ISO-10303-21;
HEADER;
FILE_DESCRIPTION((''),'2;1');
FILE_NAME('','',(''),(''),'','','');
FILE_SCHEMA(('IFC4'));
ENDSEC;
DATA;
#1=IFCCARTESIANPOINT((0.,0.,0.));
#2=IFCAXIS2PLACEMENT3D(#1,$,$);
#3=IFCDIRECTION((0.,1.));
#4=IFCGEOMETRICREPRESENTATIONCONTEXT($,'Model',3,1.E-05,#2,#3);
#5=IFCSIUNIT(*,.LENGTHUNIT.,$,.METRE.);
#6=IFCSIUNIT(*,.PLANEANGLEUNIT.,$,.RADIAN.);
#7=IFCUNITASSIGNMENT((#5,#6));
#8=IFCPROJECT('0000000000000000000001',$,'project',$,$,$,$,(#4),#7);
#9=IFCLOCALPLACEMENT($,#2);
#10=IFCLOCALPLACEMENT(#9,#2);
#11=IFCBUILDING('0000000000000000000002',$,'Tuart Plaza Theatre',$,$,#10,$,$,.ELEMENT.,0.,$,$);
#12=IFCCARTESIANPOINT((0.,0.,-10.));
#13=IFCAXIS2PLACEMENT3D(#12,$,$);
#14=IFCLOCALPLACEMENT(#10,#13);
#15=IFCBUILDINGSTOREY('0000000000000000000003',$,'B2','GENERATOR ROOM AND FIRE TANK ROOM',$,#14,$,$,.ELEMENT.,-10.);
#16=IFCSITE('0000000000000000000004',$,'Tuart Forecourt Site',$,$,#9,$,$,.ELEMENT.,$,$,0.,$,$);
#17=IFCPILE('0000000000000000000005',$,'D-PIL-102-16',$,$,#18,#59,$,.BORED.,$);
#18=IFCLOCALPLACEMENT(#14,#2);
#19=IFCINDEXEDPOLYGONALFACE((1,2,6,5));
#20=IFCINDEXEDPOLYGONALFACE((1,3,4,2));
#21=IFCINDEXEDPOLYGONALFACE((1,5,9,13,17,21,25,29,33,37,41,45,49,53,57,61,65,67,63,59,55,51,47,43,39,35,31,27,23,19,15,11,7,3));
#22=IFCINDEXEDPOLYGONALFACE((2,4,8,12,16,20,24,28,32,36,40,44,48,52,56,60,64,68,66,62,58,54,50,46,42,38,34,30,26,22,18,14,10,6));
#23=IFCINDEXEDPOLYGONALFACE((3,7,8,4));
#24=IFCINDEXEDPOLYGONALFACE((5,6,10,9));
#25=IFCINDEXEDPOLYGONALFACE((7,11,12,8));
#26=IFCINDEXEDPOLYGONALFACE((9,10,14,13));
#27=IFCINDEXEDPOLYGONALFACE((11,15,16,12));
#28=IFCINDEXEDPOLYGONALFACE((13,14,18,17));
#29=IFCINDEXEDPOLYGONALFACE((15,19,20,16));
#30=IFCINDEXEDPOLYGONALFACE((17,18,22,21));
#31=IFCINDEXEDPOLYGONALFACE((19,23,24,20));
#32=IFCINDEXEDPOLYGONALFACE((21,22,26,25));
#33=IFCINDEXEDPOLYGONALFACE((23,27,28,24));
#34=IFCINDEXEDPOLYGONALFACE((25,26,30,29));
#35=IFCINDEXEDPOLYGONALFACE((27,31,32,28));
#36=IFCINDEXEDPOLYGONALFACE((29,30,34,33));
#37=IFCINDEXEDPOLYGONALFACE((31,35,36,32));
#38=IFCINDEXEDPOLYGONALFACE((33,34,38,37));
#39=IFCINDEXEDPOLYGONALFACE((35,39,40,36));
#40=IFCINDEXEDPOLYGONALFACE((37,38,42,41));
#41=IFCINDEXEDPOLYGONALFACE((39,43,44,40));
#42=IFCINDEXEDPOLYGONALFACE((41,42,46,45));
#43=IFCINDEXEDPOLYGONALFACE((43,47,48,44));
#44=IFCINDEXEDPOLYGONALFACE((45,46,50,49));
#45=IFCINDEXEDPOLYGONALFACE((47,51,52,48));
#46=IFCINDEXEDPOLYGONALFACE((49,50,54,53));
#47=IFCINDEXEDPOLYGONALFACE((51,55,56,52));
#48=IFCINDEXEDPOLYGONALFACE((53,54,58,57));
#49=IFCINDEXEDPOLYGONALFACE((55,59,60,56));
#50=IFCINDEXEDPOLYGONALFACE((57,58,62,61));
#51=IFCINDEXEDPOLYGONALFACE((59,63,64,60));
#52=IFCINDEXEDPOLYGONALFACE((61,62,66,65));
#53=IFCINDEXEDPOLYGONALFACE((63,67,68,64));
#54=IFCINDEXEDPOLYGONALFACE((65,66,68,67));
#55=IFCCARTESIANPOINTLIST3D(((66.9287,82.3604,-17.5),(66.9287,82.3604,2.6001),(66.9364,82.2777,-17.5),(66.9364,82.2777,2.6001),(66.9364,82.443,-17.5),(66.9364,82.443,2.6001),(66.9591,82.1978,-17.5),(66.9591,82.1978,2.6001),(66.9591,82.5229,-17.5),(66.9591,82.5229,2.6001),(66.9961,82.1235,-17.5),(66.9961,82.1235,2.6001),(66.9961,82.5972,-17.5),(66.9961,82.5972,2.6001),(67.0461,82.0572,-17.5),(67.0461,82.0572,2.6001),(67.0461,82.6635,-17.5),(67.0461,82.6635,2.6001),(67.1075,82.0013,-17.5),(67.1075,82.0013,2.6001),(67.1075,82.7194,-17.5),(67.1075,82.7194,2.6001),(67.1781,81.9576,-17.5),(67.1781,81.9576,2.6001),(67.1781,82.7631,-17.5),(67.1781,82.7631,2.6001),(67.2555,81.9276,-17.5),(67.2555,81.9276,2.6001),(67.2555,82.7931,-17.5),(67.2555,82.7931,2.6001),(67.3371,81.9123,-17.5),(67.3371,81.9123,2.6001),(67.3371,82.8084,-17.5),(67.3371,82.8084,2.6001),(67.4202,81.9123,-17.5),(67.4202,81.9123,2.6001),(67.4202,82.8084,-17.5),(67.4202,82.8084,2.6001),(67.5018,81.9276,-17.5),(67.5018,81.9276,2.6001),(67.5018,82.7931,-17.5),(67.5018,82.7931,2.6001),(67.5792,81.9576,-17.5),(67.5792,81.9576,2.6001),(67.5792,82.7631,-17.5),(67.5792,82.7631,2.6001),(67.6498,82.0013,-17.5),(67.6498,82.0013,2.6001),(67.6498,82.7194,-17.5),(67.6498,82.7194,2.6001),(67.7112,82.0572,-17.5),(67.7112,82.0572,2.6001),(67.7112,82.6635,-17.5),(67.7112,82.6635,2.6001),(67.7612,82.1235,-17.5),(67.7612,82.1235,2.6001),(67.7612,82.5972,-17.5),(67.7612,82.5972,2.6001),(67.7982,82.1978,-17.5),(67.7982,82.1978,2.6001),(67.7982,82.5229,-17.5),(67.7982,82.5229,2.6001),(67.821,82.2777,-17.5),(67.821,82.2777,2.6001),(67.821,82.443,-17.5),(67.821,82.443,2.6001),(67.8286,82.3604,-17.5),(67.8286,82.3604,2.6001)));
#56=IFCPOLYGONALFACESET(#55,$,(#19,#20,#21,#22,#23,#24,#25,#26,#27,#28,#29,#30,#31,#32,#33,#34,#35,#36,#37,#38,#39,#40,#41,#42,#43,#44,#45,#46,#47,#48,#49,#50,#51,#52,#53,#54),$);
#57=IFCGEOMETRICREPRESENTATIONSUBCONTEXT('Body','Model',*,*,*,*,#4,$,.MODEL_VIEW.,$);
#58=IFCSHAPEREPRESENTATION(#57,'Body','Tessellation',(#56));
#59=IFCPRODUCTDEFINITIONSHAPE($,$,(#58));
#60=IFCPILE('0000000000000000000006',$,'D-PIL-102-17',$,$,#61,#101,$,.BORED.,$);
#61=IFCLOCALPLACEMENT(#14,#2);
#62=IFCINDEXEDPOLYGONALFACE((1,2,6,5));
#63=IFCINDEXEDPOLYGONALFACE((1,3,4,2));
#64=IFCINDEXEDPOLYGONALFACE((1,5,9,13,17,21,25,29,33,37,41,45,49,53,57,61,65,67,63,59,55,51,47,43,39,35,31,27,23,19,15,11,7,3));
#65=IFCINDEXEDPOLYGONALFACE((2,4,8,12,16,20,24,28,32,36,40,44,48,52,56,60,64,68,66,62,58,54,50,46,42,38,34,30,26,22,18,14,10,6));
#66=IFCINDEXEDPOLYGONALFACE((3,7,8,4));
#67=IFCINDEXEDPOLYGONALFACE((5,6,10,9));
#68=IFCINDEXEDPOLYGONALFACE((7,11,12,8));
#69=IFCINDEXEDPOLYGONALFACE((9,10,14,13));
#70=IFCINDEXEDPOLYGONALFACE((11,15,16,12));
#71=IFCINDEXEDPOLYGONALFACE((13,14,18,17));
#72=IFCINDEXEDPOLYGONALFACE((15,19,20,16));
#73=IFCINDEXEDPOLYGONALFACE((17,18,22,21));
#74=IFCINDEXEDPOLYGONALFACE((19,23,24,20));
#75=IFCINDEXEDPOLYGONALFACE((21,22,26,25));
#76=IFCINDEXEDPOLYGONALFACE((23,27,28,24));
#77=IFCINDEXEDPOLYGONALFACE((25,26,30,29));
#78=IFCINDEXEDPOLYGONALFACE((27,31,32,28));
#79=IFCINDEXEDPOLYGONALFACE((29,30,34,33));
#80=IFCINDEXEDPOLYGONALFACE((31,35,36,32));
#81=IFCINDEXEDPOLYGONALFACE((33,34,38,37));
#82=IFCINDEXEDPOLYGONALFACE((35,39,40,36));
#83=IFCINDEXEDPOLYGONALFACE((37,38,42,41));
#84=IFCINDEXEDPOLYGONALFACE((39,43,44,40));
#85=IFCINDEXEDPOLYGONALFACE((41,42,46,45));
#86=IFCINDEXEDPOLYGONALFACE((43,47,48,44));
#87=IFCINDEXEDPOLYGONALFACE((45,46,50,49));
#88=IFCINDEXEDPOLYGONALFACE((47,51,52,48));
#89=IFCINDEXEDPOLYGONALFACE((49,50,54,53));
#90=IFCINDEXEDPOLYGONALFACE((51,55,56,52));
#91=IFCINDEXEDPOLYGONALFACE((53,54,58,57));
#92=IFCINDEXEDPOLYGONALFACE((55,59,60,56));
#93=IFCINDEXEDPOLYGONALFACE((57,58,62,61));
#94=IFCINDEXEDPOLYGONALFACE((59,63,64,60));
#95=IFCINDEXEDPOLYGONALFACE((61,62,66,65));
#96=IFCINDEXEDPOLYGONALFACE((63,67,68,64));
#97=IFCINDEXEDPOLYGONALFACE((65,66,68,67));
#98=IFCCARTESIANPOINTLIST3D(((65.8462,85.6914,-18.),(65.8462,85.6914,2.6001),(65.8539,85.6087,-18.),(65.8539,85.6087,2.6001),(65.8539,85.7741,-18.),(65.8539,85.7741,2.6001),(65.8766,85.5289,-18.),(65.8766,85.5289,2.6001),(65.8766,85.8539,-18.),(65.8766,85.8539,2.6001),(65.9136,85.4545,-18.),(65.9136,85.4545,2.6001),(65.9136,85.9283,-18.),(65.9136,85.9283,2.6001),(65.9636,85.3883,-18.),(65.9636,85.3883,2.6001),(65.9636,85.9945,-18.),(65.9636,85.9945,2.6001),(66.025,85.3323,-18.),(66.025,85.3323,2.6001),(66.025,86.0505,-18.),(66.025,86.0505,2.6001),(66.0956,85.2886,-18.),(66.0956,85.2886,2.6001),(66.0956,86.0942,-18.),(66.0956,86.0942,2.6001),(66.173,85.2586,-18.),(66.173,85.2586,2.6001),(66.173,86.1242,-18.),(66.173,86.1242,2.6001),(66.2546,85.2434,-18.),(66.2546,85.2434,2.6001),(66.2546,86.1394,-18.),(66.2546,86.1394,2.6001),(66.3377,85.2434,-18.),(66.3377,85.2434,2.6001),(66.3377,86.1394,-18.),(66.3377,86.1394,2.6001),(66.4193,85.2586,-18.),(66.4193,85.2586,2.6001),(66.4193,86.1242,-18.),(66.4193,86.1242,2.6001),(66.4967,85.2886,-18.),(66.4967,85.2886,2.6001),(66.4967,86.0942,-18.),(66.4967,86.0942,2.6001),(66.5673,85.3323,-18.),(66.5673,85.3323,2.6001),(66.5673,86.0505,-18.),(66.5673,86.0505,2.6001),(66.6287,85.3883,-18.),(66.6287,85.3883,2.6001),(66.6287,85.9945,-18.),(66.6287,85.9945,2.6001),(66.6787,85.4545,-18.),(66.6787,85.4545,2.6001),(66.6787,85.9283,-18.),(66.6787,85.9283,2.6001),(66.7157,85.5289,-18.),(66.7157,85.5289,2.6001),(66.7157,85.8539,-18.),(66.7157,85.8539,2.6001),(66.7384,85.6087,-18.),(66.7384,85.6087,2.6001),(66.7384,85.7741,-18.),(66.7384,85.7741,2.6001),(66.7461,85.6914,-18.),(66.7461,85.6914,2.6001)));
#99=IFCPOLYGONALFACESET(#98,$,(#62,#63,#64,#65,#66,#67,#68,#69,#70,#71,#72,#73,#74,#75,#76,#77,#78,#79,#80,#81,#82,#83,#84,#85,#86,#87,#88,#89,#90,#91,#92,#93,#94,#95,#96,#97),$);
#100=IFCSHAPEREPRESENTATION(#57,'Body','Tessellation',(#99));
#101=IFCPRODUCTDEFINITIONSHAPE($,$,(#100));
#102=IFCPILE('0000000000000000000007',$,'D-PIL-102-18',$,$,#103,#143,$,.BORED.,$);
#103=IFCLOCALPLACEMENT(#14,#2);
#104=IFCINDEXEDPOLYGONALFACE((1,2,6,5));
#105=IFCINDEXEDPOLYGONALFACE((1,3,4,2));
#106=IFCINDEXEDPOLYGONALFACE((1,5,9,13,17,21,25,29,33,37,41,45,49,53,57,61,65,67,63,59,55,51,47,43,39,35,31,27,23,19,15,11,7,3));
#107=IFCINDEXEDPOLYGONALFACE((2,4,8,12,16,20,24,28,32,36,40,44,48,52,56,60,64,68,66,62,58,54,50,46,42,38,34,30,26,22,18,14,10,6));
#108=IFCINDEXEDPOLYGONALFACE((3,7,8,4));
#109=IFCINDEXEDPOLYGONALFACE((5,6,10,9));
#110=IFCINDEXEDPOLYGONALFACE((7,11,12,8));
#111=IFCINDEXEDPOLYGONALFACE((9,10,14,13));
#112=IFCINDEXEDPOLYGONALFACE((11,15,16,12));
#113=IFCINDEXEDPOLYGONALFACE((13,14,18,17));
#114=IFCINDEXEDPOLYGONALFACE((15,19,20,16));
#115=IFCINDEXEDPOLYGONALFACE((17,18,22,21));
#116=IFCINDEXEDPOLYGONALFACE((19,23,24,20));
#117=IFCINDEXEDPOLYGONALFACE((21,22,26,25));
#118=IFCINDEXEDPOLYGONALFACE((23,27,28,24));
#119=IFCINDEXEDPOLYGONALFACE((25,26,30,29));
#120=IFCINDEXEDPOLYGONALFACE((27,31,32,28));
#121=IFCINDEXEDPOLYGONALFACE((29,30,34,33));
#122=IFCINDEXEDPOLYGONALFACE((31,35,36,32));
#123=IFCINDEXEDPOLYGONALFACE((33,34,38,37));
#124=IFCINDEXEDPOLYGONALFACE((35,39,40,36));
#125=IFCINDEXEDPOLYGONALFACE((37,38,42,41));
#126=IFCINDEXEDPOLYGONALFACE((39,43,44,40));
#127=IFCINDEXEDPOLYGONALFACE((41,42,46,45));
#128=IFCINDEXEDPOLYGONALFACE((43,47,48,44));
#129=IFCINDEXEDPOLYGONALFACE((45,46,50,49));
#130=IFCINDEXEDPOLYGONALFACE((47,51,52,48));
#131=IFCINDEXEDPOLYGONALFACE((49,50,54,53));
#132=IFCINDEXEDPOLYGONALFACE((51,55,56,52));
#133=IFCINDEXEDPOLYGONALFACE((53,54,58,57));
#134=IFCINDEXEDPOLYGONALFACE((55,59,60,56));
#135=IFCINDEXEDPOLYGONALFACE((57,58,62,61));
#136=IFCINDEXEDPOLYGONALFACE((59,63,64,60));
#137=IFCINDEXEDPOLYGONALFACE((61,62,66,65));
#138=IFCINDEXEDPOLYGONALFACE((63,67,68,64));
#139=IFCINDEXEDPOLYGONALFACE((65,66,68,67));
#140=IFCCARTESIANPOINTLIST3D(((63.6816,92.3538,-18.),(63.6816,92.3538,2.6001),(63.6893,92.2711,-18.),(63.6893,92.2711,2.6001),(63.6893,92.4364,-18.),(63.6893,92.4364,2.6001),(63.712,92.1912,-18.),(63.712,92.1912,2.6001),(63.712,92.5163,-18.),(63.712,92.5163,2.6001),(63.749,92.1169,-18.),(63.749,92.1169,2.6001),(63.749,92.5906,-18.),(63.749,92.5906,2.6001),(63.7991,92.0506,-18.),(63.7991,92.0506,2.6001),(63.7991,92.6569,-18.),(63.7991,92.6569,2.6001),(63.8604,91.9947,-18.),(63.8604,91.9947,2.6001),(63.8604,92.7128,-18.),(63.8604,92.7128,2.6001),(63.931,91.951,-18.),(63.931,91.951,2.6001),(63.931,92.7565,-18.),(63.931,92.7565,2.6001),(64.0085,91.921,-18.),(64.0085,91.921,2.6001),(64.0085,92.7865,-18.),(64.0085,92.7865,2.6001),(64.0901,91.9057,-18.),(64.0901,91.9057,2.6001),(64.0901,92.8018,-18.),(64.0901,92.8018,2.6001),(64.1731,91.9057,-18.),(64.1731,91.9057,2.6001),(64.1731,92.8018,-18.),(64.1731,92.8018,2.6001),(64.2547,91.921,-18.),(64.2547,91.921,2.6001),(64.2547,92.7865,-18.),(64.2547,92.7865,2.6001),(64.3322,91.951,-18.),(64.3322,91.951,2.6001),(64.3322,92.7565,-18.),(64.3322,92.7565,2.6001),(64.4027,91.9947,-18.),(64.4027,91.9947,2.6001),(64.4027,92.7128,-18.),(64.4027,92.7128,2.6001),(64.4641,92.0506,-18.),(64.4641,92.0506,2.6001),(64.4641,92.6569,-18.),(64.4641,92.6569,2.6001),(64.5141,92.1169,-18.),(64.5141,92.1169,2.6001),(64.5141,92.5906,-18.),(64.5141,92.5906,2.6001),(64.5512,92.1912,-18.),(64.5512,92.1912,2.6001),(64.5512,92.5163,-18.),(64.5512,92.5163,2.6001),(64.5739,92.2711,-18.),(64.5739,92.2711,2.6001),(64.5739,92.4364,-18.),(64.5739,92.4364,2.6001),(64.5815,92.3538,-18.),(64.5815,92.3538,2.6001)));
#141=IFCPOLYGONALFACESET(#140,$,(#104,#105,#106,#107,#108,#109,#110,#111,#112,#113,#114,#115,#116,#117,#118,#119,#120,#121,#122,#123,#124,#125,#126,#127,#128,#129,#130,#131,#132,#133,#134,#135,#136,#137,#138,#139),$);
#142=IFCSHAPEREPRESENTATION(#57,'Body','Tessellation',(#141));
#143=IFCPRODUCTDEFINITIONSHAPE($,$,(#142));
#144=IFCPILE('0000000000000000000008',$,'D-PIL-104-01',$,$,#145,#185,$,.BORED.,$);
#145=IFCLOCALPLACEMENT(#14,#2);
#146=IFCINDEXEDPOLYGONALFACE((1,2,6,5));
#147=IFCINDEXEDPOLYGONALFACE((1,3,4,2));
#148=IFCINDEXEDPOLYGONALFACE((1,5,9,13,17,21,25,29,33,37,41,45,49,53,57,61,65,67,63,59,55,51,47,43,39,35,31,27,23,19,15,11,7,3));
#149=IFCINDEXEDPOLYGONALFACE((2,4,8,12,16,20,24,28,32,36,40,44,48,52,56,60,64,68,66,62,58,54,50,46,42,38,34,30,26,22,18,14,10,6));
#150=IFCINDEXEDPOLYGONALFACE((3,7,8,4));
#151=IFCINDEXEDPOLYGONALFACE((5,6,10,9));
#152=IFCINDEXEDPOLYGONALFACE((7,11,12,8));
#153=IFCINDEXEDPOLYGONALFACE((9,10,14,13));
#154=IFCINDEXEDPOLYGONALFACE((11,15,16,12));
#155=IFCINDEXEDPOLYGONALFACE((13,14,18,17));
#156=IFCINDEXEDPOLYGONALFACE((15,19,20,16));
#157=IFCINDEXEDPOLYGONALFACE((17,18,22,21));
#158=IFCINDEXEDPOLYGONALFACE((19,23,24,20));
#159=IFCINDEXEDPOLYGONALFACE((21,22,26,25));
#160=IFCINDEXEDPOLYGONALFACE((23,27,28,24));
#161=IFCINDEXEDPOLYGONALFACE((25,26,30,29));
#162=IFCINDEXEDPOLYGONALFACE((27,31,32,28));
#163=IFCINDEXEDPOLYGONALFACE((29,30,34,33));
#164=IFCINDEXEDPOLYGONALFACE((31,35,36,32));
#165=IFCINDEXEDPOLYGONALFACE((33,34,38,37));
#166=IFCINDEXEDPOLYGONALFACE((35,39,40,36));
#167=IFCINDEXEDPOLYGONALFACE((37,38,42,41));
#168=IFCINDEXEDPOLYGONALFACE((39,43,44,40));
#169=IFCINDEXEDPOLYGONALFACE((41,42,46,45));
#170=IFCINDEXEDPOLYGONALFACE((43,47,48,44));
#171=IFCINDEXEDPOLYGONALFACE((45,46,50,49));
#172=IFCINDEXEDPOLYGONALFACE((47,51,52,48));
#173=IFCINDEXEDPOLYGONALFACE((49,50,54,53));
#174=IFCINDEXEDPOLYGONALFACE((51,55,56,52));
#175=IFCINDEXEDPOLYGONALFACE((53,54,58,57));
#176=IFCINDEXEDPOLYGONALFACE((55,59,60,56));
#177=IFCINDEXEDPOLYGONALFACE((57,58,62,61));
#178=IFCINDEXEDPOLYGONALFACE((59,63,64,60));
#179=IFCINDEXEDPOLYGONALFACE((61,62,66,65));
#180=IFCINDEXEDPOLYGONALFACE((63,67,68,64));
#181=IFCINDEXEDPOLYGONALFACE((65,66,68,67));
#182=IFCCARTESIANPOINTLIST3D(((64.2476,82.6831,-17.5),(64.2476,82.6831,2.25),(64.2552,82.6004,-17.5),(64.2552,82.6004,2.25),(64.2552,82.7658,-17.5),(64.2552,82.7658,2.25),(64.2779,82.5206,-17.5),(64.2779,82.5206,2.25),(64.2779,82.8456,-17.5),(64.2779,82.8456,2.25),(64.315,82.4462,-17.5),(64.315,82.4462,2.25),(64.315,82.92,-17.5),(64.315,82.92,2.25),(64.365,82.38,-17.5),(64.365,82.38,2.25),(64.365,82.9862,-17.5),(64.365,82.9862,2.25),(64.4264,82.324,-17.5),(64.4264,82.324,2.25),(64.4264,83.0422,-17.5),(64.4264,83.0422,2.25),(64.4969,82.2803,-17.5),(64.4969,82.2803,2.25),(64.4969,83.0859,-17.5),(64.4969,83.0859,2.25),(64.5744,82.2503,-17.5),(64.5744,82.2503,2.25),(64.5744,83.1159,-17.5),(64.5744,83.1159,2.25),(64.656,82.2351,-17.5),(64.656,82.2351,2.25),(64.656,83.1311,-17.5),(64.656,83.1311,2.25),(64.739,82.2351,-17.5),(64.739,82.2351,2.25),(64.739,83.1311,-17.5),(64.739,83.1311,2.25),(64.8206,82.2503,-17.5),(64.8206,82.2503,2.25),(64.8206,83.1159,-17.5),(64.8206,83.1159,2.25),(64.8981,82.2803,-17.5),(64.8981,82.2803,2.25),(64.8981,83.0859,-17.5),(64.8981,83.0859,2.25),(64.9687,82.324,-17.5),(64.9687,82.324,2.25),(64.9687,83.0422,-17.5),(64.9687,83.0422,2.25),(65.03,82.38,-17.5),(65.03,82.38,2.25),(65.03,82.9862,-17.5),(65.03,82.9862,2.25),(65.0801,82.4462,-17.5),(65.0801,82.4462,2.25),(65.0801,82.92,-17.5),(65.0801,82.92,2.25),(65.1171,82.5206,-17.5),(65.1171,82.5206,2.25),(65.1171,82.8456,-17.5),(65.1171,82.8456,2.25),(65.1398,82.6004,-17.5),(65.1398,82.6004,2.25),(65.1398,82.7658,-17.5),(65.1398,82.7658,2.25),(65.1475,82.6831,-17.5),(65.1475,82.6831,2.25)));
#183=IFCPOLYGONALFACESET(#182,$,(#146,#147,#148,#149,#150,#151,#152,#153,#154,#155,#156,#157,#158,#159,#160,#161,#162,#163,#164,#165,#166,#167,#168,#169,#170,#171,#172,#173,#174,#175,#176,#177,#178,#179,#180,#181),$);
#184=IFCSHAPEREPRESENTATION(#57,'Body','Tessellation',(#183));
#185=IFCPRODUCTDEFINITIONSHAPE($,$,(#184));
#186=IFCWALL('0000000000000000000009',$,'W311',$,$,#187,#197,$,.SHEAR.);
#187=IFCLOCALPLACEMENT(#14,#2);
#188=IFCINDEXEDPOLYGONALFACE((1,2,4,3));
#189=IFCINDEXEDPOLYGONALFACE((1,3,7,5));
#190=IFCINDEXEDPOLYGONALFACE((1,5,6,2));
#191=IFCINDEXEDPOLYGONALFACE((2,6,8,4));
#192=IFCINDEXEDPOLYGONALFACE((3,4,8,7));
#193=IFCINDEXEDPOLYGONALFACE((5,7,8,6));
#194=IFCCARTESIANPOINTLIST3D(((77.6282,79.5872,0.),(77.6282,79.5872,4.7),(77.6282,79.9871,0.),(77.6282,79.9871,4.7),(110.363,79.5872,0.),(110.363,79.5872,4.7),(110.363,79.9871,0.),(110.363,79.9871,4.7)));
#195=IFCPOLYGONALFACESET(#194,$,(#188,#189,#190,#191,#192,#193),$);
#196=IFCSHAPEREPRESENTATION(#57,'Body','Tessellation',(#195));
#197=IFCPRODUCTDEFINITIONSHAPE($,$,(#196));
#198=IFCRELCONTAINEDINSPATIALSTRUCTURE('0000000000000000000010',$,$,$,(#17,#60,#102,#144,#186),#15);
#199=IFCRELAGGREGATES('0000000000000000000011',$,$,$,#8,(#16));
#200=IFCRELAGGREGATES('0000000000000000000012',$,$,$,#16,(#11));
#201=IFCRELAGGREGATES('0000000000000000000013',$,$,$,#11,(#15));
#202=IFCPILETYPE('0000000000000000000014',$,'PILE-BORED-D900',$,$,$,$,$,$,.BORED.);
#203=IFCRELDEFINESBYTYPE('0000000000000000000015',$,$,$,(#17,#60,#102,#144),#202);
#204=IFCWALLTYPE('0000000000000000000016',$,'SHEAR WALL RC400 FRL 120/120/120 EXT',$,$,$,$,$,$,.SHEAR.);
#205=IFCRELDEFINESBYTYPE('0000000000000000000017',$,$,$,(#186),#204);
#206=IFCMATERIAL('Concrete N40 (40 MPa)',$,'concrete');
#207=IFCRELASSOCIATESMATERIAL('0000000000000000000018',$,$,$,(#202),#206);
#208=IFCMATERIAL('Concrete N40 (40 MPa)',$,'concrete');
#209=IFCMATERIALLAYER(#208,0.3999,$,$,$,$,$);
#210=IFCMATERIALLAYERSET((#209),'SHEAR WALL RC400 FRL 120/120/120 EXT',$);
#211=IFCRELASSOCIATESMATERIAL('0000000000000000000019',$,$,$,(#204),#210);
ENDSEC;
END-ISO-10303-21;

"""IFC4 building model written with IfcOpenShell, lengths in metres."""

from ifc_helpers import new_model, si_unit, direction, frame, frame_2d, origin, origin_2d, place, context, subcontext, project, spatial, rectangle, circle, extrude, material, layer, layer_set, material_profile, profile_set, type_object, element, save


model = new_model("IFC4")

# Units and contexts
model_context = context("Model", 3, precision=1e-05, world=origin(), true_north=direction((0.0, 1.0)))
body_context = subcontext(model_context, "Body", "Model", "MODEL_VIEW")
ifc_project = project(units=[si_unit("LENGTHUNIT", "METRE"), si_unit("PLANEANGLEUNIT", "RADIAN")], contexts=[model_context])

# Site, building, storey
site_placement = place(None, origin())
site = spatial("IfcSite", under=ifc_project, at=site_placement, Name="Tuart Forecourt Site", CompositionType="ELEMENT", RefElevation=0.0)
building_placement = place(site_placement, origin())
building = spatial("IfcBuilding", under=site, at=building_placement, Name="Tuart Plaza Theatre", CompositionType="ELEMENT", ElevationOfRefHeight=0.0)
storey_placement = place(building_placement, frame((0.0, 0.0, -10.0)))
storey = spatial("IfcBuildingStorey", under=building, at=storey_placement, Name="B2", Description="GENERATOR ROOM AND FIRE TANK ROOM", CompositionType="ELEMENT", Elevation=-10.0)

# Piles
ifc_material_1 = material(Name="Concrete N40 (40 MPa)", Category="concrete")
ifc_material_profile_1 = material_profile(ifc_material_1, circle(Radius=0.45, at=origin_2d()), Name="PILE-BORED-D900")
ifc_profile_set_1 = profile_set([ifc_material_profile_1], Name="Concrete N40 (40 MPa)")
pile_type_1 = type_object("IfcPileType", Name="PILE-BORED-D900", PredefinedType="BORED", material=ifc_profile_set_1)
pile_1_placement = place(storey_placement, frame((67.3787, 82.3604, 2.6001), z_axis=(0.0, 0.0, -1.0), x_axis=(1.0, 0.0, 0.0)))
element("IfcPile", 1, at=pile_1_placement, inside=storey, type_object=pile_type_1, Name="D-PIL-102-16", PredefinedType="BORED", context=body_context, shape_type="SweptSolid", body=[
    extrude(circle(Radius=0.45, at=origin_2d()), origin(), (0.0, 0.0, 1.0), 20.1001),
])
for number, where, z_axis, x_axis, name in (
    (2, (66.2961, 85.6914, 2.6001), (0.0, 0.0, -1.0), (1.0, 0.0, 0.0), "D-PIL-102-17"),
    (3, (64.1316, 92.3538, 2.6001), (0.0, 0.0, -1.0), (1.0, 0.0, 0.0), "D-PIL-102-18"),
):
    element("IfcPile", number, at=place(storey_placement, frame(where, z_axis=z_axis, x_axis=x_axis)), inside=storey, type_object=pile_type_1, Name=name, PredefinedType="BORED", context=body_context, shape_type="SweptSolid", body=[
        extrude(circle(Radius=0.45, at=origin_2d()), origin(), (0.0, 0.0, 1.0), 20.6001),
    ])
pile_2_placement = place(storey_placement, frame((64.6975, 82.6831, 2.25), z_axis=(0.0, 0.0, -1.0), x_axis=(1.0, 0.0, 0.0)))
element("IfcPile", 4, at=pile_2_placement, inside=storey, type_object=pile_type_1, Name="D-PIL-104-01", PredefinedType="BORED", context=body_context, shape_type="SweptSolid", body=[
    extrude(circle(Radius=0.45, at=origin_2d()), origin(), (0.0, 0.0, 1.0), 19.75),
])

# Wall
ifc_material_2 = material(Name="Concrete N40 (40 MPa)", Category="concrete")
ifc_layer_1 = layer(ifc_material_2, 0.3999)
ifc_layer_set_1 = layer_set([ifc_layer_1], Name="SHEAR WALL RC400 FRL 120/120/120 EXT")
wall_type_1 = type_object("IfcWallType", Name="SHEAR WALL RC400 FRL 120/120/120 EXT", PredefinedType="SHEAR", material=ifc_layer_set_1)
wall_1_placement = place(storey_placement, frame((77.6282, 79.7871, 0.0), z_axis=(0.0, 0.0, 1.0), x_axis=(1.0, 0.0, 0.0)))
element("IfcWall", 5, at=wall_1_placement, inside=storey, type_object=wall_type_1, Name="W311", PredefinedType="SHEAR", context=body_context, shape_type="SweptSolid", body=[
    extrude(rectangle(XDim=32.7349, YDim=0.3999, at=frame_2d((16.3674, 0.0))), origin(), (0.0, 0.0, 1.0), 4.7),
])

save(model, "model.ifc")
